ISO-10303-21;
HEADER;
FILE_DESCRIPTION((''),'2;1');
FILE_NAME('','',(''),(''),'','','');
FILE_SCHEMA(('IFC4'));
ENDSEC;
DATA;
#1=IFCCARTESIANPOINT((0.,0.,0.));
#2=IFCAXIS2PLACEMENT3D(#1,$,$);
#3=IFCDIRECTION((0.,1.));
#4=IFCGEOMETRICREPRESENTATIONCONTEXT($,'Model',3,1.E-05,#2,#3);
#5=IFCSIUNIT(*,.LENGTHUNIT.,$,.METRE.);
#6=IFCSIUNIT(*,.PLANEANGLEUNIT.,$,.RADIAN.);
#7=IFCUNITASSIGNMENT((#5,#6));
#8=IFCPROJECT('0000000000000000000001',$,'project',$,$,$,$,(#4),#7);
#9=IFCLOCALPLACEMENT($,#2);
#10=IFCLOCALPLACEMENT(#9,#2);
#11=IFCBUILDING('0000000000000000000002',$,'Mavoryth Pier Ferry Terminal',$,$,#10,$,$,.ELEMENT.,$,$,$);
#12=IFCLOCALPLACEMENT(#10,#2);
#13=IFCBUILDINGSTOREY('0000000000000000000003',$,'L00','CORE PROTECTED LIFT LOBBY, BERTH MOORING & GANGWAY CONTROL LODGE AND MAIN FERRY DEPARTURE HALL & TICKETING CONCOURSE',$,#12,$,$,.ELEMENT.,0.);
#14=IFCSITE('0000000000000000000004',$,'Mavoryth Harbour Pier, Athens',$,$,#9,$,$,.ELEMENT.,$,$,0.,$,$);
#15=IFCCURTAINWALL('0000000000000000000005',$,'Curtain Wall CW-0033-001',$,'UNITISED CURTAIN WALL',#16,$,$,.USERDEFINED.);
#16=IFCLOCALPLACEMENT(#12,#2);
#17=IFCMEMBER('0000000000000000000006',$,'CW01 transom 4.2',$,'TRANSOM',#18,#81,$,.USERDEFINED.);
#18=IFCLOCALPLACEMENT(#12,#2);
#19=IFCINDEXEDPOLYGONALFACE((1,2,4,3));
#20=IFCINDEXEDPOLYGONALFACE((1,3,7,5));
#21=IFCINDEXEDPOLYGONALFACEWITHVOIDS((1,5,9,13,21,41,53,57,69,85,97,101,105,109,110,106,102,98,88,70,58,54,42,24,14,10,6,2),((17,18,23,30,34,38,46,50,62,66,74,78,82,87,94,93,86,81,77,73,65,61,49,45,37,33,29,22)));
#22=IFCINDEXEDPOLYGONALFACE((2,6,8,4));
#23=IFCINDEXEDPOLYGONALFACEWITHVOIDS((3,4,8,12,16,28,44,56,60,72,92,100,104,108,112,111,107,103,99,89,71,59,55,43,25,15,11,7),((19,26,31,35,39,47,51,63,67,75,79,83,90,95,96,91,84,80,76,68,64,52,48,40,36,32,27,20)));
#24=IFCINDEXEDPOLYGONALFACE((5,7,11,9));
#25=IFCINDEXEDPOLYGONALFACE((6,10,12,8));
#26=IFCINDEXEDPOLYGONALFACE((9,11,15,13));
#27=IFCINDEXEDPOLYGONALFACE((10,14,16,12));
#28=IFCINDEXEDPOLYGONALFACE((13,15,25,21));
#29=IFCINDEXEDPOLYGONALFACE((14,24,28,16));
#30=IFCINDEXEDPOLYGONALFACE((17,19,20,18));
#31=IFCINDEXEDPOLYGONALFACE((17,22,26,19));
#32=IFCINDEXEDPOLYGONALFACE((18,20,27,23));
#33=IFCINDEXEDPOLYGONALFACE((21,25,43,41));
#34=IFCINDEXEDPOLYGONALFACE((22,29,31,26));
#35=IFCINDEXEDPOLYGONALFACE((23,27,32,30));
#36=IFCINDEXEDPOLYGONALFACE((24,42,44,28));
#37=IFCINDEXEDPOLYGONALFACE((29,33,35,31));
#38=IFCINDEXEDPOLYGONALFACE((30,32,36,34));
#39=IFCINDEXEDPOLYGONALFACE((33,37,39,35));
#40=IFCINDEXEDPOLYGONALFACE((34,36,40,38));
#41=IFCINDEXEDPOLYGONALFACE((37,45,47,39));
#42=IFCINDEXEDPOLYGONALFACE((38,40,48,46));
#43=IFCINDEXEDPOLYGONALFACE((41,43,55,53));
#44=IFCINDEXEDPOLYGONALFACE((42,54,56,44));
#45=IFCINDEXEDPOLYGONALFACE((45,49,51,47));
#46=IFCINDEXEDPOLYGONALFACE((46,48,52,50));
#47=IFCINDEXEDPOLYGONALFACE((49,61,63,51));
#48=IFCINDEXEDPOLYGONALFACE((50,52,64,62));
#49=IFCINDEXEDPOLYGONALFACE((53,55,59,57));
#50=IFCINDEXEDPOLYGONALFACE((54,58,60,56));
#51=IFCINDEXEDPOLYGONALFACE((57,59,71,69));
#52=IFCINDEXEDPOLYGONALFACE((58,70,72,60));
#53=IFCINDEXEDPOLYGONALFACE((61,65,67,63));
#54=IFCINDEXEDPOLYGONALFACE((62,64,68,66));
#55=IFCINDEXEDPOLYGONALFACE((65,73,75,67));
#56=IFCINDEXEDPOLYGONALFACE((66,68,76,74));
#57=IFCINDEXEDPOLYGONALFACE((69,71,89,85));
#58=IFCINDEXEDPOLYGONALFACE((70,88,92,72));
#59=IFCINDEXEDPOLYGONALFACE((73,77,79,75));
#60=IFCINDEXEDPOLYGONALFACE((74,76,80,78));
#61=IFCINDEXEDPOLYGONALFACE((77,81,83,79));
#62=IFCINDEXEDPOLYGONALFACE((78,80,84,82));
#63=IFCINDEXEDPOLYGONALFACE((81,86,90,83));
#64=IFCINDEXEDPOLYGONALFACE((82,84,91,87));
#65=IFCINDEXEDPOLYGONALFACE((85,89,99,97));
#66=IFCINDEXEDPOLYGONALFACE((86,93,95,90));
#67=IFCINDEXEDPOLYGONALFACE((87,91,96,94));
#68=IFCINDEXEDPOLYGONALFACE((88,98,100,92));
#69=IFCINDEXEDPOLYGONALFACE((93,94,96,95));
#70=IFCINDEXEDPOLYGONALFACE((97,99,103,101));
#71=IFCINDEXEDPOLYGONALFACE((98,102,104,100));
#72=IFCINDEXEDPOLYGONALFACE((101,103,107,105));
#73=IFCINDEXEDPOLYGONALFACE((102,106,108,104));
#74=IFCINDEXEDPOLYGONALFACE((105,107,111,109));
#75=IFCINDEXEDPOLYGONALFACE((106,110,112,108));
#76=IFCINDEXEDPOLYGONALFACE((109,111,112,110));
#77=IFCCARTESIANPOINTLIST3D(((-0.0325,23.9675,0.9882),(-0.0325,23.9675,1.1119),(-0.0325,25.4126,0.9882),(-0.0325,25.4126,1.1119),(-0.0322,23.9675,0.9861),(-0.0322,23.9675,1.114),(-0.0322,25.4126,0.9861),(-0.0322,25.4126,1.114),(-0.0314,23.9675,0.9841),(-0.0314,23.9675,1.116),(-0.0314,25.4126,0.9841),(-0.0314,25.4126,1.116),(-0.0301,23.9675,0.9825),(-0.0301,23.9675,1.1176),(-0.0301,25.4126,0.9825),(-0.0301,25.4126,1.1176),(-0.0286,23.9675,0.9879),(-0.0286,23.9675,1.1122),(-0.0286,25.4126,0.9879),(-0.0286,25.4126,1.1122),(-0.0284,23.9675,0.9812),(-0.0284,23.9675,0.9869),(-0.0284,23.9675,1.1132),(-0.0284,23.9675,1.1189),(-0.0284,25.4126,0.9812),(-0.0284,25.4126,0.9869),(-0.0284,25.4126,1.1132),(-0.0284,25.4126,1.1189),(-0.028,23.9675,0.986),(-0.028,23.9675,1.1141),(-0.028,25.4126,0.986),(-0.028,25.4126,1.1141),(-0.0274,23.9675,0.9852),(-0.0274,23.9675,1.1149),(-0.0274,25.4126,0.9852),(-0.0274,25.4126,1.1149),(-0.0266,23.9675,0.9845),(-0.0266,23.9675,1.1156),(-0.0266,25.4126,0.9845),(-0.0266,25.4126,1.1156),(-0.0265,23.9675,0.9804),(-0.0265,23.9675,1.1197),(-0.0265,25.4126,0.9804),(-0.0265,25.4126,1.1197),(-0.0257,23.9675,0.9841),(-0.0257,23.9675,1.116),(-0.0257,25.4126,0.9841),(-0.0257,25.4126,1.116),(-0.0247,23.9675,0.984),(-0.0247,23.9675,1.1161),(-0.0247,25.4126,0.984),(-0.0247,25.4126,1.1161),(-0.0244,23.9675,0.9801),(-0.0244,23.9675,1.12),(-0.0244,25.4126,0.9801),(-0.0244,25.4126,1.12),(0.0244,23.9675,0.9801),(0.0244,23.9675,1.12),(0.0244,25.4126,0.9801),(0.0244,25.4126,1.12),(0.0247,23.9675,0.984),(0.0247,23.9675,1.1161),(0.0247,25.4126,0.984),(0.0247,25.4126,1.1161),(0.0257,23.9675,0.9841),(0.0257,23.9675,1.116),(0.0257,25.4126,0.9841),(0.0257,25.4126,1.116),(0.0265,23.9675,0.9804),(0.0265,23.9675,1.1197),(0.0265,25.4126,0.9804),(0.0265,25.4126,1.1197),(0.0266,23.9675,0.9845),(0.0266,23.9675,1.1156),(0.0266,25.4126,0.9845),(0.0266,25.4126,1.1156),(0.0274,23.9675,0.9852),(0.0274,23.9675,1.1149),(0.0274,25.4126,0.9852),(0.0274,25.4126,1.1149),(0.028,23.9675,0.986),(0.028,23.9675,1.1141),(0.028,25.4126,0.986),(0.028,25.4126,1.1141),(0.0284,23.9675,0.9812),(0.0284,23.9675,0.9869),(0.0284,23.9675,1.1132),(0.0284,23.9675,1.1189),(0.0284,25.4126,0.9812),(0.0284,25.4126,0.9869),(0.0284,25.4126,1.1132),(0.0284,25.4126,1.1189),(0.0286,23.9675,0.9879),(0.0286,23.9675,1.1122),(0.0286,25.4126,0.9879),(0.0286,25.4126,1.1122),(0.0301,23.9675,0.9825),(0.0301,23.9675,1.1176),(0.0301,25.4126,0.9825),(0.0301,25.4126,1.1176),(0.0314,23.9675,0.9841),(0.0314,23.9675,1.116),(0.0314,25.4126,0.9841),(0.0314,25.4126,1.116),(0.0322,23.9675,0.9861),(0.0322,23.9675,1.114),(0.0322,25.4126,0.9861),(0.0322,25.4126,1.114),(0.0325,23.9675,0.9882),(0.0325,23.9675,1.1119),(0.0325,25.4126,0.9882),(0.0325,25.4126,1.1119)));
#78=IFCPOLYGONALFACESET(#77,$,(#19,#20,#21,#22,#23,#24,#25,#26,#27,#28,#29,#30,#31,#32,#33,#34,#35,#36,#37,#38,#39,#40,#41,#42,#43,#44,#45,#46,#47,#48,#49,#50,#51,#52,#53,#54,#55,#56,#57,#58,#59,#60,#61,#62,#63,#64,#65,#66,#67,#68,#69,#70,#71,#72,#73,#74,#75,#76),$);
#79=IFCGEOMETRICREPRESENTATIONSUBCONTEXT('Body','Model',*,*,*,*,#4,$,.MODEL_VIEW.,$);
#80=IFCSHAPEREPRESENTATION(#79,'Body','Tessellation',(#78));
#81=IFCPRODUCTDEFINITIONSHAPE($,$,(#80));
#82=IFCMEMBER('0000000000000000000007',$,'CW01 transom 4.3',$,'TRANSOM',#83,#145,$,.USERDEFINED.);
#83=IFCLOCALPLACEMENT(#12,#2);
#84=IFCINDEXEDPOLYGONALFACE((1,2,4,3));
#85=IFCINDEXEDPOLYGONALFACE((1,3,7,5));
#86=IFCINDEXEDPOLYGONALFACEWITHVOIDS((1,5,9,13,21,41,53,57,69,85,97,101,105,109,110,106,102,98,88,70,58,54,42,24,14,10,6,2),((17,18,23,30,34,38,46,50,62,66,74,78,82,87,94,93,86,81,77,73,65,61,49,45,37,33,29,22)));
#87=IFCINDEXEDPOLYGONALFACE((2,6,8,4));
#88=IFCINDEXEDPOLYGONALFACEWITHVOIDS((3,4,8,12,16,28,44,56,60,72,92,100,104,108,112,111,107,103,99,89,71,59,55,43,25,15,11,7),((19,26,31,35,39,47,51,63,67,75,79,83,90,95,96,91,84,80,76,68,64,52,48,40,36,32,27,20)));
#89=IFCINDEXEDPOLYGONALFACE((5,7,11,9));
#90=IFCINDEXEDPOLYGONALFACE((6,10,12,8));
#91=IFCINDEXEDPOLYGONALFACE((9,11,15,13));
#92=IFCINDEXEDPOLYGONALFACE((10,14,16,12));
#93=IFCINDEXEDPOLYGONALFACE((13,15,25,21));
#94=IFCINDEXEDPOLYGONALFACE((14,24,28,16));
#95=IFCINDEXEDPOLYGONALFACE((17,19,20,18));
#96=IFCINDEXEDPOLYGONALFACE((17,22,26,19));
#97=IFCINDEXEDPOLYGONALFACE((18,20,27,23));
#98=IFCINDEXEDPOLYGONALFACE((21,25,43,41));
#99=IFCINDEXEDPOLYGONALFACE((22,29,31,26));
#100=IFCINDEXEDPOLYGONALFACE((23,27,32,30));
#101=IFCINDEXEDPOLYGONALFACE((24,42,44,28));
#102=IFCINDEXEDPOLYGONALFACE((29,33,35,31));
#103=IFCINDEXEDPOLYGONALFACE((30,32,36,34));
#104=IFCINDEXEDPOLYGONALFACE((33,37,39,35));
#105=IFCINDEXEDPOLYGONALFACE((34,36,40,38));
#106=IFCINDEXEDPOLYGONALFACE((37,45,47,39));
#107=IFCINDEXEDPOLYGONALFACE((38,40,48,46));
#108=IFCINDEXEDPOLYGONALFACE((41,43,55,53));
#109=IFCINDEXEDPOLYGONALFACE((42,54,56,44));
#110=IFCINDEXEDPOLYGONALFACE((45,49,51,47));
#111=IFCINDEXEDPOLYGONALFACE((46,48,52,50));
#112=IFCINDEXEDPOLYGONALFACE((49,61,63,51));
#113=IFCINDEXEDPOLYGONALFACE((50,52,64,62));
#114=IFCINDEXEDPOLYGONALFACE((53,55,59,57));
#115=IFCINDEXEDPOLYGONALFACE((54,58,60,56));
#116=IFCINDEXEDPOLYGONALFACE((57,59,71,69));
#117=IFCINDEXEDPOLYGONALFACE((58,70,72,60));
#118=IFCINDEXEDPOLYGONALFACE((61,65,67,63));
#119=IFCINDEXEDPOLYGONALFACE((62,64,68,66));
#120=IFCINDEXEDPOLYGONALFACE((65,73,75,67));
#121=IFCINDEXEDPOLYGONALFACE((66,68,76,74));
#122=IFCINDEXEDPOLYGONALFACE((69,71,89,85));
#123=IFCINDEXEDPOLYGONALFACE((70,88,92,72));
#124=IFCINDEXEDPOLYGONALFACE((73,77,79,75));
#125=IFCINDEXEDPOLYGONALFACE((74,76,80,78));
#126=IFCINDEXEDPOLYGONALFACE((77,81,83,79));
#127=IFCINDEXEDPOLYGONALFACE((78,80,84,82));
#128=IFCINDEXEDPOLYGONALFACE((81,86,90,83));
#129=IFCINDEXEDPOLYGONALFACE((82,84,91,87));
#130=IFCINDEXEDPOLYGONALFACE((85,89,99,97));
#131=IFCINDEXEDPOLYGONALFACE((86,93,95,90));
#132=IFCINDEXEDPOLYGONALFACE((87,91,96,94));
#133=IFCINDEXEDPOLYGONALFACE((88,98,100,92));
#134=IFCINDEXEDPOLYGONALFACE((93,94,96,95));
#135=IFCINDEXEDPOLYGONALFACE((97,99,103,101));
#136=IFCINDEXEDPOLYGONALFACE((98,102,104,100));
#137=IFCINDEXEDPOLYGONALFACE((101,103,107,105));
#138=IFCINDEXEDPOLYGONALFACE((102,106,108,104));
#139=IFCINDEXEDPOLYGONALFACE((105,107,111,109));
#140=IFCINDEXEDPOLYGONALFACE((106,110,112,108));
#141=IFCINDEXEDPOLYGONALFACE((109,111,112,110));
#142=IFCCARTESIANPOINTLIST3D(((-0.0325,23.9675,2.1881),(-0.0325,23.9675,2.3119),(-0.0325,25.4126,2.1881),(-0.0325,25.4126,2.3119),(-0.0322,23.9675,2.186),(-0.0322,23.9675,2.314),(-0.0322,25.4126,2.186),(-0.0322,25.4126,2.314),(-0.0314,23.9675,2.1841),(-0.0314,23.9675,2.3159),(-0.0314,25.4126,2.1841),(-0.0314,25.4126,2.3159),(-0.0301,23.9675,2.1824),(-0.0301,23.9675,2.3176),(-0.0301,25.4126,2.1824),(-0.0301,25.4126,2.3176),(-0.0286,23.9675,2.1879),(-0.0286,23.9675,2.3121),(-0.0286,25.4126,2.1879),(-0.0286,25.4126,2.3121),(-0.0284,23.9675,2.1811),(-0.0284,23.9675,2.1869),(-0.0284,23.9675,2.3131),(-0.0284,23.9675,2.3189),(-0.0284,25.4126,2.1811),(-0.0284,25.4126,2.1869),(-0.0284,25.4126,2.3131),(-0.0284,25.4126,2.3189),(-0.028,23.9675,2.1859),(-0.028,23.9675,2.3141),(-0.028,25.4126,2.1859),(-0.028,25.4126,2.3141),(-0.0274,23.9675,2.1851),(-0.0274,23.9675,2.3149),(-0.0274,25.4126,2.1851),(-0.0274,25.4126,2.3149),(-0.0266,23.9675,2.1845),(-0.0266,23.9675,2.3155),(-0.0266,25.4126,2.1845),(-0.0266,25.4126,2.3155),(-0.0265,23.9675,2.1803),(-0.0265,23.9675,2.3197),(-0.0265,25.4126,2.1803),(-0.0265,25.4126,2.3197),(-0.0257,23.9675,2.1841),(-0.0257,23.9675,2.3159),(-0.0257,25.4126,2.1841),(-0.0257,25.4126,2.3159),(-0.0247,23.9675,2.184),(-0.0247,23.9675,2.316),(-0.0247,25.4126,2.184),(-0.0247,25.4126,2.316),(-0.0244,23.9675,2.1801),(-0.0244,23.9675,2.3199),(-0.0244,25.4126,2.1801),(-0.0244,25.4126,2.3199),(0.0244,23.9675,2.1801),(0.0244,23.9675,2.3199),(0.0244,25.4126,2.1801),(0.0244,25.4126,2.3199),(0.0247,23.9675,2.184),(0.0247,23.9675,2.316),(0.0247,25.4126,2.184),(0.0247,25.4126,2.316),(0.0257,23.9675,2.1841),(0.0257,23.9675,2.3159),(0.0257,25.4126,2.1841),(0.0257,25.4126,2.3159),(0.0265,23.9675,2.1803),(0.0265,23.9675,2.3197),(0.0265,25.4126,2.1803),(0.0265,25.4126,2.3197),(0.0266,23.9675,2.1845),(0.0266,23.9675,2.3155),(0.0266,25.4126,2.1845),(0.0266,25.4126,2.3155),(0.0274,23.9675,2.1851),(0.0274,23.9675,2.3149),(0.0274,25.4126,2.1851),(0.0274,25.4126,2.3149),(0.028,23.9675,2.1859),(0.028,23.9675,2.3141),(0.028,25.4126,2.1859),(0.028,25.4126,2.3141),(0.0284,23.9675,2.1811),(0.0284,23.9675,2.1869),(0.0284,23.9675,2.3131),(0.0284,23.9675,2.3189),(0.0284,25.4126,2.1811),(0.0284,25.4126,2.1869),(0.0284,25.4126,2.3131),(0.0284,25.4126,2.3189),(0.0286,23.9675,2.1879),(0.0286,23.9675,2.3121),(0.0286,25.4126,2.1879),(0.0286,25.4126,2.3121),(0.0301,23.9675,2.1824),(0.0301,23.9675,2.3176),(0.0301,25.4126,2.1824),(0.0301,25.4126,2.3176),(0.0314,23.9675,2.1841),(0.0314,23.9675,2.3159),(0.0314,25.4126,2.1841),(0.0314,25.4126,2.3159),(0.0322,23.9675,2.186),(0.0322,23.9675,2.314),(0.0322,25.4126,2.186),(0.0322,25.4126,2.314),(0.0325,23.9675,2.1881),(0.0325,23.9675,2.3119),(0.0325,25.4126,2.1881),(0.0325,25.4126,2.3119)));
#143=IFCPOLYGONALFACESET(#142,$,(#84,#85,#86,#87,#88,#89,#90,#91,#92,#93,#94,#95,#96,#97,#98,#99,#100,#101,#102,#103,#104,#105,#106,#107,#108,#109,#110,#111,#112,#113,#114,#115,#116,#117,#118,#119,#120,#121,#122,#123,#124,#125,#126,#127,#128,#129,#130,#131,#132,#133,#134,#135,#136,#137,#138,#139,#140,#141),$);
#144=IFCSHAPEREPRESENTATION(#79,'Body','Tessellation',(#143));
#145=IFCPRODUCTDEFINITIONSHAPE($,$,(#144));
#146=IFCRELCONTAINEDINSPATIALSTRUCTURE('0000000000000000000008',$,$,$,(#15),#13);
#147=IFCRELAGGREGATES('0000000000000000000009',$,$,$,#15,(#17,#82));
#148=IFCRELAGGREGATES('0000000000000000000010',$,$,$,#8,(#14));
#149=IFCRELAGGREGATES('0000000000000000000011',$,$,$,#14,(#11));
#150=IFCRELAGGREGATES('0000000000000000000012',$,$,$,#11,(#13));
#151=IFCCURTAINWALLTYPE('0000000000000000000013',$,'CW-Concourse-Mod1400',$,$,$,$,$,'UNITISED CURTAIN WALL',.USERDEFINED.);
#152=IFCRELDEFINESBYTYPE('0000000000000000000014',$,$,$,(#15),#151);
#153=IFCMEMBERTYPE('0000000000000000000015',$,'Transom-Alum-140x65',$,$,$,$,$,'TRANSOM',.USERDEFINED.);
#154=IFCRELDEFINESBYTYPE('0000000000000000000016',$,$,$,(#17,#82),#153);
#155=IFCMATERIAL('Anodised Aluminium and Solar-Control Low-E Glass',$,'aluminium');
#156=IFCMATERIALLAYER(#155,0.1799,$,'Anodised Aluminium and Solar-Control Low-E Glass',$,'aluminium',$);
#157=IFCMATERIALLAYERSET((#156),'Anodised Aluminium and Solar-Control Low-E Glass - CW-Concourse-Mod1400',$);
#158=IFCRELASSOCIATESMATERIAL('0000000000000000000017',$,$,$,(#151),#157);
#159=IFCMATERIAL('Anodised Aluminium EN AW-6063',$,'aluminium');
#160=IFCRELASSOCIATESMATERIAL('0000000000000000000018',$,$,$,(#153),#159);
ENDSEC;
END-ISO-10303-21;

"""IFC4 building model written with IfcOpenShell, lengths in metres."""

from ifc_helpers import new_model, si_unit, direction, frame, origin, origin_2d, place, context, subcontext, project, spatial, hollow_rectangle, extrude, material, layer, layer_set, material_profile, profile_set, type_object, element, aggregate, save


model = new_model("IFC4")

# Units and contexts
model_context = context("Model", 3, precision=1e-05, world=origin(), true_north=direction((0.0, 1.0)))
body_context = subcontext(model_context, "Body", "Model", "MODEL_VIEW")
ifc_project = project(units=[si_unit("LENGTHUNIT", "METRE"), si_unit("PLANEANGLEUNIT", "RADIAN")], contexts=[model_context])

# Site, building, storey
site_placement = place(None, origin())
site = spatial("IfcSite", under=ifc_project, at=site_placement, Name="Mavoryth Harbour Pier, Athens", CompositionType="ELEMENT", RefElevation=0.0)
building_placement = place(site_placement, origin())
building = spatial("IfcBuilding", under=site, at=building_placement, Name="Mavoryth Pier Ferry Terminal", CompositionType="ELEMENT")
storey_placement = place(building_placement, origin())
storey = spatial("IfcBuildingStorey", under=building, at=storey_placement, Name="L00", Description="CORE PROTECTED LIFT LOBBY, BERTH MOORING & GANGWAY CONTROL LODGE AND MAIN FERRY DEPARTURE HALL & TICKETING CONCOURSE", CompositionType="ELEMENT", Elevation=0.0)

# Curtain wall, members
ifc_material_1 = material(Name="Anodised Aluminium and Solar-Control Low-E Glass", Category="aluminium")
ifc_layer_1 = layer(ifc_material_1, 0.1799, Name="Anodised Aluminium and Solar-Control Low-E Glass", Category="aluminium")
ifc_layer_set_1 = layer_set([ifc_layer_1], Name="Anodised Aluminium and Solar-Control Low-E Glass - CW-Concourse-Mod1400")
curtain_wall_type = type_object("IfcCurtainWallType", Name="CW-Concourse-Mod1400", ElementType="UNITISED CURTAIN WALL", PredefinedType="USERDEFINED", material=ifc_layer_set_1)
curtain_wall_placement = place(storey_placement, origin())
curtain_wall = element("IfcCurtainWall", 1, at=curtain_wall_placement, inside=storey, type_object=curtain_wall_type, Name="Curtain Wall CW-0033-001", ObjectType="UNITISED CURTAIN WALL", PredefinedType="USERDEFINED")
ifc_material_2 = material(Name="Anodised Aluminium EN AW-6063", Category="aluminium")
ifc_material_profile_1 = material_profile(ifc_material_2, hollow_rectangle(XDim=0.0649, YDim=0.1399, WallThickness=0.0039, InnerFilletRadius=0.0039, OuterFilletRadius=0.0081, at=origin_2d()), Name="AL-TRAN 140x65x4", Category="aluminium")
ifc_profile_set_1 = profile_set([ifc_material_profile_1], Name="Anodised Aluminium EN AW-6063 - AL-TRAN 140x65x4")
member_type_1 = type_object("IfcMemberType", Name="Transom-Alum-140x65", ElementType="TRANSOM", PredefinedType="USERDEFINED", material=ifc_profile_set_1)
member_1_placement = place(storey_placement, frame((0.0, 25.4126, 1.05), z_axis=(0.0, -1.0, 0.0), x_axis=(1.0, 0.0, 0.0)))
member_1 = element("IfcMember", 2, at=member_1_placement, type_object=member_type_1, Name="CW01 transom 4.2", ObjectType="TRANSOM", PredefinedType="USERDEFINED", context=body_context, shape_type="SweptSolid", body=[
    extrude(hollow_rectangle(XDim=0.0649, YDim=0.1399, WallThickness=0.0039, InnerFilletRadius=0.0039, OuterFilletRadius=0.0081, at=origin_2d()), origin(), (0.0, 0.0, 1.0), 1.4451),
])
member_2_placement = place(storey_placement, frame((0.0, 25.4126, 2.25), z_axis=(0.0, -1.0, 0.0), x_axis=(1.0, 0.0, 0.0)))
member_2 = element("IfcMember", 3, at=member_2_placement, type_object=member_type_1, Name="CW01 transom 4.3", ObjectType="TRANSOM", PredefinedType="USERDEFINED", context=body_context, shape_type="SweptSolid", body=[
    extrude(hollow_rectangle(XDim=0.0649, YDim=0.1399, WallThickness=0.0039, InnerFilletRadius=0.0039, OuterFilletRadius=0.0081, at=origin_2d()), origin(), (0.0, 0.0, 1.0), 1.4451),
])
aggregate(curtain_wall, [member_1, member_2])

save(model, "model.ifc")
